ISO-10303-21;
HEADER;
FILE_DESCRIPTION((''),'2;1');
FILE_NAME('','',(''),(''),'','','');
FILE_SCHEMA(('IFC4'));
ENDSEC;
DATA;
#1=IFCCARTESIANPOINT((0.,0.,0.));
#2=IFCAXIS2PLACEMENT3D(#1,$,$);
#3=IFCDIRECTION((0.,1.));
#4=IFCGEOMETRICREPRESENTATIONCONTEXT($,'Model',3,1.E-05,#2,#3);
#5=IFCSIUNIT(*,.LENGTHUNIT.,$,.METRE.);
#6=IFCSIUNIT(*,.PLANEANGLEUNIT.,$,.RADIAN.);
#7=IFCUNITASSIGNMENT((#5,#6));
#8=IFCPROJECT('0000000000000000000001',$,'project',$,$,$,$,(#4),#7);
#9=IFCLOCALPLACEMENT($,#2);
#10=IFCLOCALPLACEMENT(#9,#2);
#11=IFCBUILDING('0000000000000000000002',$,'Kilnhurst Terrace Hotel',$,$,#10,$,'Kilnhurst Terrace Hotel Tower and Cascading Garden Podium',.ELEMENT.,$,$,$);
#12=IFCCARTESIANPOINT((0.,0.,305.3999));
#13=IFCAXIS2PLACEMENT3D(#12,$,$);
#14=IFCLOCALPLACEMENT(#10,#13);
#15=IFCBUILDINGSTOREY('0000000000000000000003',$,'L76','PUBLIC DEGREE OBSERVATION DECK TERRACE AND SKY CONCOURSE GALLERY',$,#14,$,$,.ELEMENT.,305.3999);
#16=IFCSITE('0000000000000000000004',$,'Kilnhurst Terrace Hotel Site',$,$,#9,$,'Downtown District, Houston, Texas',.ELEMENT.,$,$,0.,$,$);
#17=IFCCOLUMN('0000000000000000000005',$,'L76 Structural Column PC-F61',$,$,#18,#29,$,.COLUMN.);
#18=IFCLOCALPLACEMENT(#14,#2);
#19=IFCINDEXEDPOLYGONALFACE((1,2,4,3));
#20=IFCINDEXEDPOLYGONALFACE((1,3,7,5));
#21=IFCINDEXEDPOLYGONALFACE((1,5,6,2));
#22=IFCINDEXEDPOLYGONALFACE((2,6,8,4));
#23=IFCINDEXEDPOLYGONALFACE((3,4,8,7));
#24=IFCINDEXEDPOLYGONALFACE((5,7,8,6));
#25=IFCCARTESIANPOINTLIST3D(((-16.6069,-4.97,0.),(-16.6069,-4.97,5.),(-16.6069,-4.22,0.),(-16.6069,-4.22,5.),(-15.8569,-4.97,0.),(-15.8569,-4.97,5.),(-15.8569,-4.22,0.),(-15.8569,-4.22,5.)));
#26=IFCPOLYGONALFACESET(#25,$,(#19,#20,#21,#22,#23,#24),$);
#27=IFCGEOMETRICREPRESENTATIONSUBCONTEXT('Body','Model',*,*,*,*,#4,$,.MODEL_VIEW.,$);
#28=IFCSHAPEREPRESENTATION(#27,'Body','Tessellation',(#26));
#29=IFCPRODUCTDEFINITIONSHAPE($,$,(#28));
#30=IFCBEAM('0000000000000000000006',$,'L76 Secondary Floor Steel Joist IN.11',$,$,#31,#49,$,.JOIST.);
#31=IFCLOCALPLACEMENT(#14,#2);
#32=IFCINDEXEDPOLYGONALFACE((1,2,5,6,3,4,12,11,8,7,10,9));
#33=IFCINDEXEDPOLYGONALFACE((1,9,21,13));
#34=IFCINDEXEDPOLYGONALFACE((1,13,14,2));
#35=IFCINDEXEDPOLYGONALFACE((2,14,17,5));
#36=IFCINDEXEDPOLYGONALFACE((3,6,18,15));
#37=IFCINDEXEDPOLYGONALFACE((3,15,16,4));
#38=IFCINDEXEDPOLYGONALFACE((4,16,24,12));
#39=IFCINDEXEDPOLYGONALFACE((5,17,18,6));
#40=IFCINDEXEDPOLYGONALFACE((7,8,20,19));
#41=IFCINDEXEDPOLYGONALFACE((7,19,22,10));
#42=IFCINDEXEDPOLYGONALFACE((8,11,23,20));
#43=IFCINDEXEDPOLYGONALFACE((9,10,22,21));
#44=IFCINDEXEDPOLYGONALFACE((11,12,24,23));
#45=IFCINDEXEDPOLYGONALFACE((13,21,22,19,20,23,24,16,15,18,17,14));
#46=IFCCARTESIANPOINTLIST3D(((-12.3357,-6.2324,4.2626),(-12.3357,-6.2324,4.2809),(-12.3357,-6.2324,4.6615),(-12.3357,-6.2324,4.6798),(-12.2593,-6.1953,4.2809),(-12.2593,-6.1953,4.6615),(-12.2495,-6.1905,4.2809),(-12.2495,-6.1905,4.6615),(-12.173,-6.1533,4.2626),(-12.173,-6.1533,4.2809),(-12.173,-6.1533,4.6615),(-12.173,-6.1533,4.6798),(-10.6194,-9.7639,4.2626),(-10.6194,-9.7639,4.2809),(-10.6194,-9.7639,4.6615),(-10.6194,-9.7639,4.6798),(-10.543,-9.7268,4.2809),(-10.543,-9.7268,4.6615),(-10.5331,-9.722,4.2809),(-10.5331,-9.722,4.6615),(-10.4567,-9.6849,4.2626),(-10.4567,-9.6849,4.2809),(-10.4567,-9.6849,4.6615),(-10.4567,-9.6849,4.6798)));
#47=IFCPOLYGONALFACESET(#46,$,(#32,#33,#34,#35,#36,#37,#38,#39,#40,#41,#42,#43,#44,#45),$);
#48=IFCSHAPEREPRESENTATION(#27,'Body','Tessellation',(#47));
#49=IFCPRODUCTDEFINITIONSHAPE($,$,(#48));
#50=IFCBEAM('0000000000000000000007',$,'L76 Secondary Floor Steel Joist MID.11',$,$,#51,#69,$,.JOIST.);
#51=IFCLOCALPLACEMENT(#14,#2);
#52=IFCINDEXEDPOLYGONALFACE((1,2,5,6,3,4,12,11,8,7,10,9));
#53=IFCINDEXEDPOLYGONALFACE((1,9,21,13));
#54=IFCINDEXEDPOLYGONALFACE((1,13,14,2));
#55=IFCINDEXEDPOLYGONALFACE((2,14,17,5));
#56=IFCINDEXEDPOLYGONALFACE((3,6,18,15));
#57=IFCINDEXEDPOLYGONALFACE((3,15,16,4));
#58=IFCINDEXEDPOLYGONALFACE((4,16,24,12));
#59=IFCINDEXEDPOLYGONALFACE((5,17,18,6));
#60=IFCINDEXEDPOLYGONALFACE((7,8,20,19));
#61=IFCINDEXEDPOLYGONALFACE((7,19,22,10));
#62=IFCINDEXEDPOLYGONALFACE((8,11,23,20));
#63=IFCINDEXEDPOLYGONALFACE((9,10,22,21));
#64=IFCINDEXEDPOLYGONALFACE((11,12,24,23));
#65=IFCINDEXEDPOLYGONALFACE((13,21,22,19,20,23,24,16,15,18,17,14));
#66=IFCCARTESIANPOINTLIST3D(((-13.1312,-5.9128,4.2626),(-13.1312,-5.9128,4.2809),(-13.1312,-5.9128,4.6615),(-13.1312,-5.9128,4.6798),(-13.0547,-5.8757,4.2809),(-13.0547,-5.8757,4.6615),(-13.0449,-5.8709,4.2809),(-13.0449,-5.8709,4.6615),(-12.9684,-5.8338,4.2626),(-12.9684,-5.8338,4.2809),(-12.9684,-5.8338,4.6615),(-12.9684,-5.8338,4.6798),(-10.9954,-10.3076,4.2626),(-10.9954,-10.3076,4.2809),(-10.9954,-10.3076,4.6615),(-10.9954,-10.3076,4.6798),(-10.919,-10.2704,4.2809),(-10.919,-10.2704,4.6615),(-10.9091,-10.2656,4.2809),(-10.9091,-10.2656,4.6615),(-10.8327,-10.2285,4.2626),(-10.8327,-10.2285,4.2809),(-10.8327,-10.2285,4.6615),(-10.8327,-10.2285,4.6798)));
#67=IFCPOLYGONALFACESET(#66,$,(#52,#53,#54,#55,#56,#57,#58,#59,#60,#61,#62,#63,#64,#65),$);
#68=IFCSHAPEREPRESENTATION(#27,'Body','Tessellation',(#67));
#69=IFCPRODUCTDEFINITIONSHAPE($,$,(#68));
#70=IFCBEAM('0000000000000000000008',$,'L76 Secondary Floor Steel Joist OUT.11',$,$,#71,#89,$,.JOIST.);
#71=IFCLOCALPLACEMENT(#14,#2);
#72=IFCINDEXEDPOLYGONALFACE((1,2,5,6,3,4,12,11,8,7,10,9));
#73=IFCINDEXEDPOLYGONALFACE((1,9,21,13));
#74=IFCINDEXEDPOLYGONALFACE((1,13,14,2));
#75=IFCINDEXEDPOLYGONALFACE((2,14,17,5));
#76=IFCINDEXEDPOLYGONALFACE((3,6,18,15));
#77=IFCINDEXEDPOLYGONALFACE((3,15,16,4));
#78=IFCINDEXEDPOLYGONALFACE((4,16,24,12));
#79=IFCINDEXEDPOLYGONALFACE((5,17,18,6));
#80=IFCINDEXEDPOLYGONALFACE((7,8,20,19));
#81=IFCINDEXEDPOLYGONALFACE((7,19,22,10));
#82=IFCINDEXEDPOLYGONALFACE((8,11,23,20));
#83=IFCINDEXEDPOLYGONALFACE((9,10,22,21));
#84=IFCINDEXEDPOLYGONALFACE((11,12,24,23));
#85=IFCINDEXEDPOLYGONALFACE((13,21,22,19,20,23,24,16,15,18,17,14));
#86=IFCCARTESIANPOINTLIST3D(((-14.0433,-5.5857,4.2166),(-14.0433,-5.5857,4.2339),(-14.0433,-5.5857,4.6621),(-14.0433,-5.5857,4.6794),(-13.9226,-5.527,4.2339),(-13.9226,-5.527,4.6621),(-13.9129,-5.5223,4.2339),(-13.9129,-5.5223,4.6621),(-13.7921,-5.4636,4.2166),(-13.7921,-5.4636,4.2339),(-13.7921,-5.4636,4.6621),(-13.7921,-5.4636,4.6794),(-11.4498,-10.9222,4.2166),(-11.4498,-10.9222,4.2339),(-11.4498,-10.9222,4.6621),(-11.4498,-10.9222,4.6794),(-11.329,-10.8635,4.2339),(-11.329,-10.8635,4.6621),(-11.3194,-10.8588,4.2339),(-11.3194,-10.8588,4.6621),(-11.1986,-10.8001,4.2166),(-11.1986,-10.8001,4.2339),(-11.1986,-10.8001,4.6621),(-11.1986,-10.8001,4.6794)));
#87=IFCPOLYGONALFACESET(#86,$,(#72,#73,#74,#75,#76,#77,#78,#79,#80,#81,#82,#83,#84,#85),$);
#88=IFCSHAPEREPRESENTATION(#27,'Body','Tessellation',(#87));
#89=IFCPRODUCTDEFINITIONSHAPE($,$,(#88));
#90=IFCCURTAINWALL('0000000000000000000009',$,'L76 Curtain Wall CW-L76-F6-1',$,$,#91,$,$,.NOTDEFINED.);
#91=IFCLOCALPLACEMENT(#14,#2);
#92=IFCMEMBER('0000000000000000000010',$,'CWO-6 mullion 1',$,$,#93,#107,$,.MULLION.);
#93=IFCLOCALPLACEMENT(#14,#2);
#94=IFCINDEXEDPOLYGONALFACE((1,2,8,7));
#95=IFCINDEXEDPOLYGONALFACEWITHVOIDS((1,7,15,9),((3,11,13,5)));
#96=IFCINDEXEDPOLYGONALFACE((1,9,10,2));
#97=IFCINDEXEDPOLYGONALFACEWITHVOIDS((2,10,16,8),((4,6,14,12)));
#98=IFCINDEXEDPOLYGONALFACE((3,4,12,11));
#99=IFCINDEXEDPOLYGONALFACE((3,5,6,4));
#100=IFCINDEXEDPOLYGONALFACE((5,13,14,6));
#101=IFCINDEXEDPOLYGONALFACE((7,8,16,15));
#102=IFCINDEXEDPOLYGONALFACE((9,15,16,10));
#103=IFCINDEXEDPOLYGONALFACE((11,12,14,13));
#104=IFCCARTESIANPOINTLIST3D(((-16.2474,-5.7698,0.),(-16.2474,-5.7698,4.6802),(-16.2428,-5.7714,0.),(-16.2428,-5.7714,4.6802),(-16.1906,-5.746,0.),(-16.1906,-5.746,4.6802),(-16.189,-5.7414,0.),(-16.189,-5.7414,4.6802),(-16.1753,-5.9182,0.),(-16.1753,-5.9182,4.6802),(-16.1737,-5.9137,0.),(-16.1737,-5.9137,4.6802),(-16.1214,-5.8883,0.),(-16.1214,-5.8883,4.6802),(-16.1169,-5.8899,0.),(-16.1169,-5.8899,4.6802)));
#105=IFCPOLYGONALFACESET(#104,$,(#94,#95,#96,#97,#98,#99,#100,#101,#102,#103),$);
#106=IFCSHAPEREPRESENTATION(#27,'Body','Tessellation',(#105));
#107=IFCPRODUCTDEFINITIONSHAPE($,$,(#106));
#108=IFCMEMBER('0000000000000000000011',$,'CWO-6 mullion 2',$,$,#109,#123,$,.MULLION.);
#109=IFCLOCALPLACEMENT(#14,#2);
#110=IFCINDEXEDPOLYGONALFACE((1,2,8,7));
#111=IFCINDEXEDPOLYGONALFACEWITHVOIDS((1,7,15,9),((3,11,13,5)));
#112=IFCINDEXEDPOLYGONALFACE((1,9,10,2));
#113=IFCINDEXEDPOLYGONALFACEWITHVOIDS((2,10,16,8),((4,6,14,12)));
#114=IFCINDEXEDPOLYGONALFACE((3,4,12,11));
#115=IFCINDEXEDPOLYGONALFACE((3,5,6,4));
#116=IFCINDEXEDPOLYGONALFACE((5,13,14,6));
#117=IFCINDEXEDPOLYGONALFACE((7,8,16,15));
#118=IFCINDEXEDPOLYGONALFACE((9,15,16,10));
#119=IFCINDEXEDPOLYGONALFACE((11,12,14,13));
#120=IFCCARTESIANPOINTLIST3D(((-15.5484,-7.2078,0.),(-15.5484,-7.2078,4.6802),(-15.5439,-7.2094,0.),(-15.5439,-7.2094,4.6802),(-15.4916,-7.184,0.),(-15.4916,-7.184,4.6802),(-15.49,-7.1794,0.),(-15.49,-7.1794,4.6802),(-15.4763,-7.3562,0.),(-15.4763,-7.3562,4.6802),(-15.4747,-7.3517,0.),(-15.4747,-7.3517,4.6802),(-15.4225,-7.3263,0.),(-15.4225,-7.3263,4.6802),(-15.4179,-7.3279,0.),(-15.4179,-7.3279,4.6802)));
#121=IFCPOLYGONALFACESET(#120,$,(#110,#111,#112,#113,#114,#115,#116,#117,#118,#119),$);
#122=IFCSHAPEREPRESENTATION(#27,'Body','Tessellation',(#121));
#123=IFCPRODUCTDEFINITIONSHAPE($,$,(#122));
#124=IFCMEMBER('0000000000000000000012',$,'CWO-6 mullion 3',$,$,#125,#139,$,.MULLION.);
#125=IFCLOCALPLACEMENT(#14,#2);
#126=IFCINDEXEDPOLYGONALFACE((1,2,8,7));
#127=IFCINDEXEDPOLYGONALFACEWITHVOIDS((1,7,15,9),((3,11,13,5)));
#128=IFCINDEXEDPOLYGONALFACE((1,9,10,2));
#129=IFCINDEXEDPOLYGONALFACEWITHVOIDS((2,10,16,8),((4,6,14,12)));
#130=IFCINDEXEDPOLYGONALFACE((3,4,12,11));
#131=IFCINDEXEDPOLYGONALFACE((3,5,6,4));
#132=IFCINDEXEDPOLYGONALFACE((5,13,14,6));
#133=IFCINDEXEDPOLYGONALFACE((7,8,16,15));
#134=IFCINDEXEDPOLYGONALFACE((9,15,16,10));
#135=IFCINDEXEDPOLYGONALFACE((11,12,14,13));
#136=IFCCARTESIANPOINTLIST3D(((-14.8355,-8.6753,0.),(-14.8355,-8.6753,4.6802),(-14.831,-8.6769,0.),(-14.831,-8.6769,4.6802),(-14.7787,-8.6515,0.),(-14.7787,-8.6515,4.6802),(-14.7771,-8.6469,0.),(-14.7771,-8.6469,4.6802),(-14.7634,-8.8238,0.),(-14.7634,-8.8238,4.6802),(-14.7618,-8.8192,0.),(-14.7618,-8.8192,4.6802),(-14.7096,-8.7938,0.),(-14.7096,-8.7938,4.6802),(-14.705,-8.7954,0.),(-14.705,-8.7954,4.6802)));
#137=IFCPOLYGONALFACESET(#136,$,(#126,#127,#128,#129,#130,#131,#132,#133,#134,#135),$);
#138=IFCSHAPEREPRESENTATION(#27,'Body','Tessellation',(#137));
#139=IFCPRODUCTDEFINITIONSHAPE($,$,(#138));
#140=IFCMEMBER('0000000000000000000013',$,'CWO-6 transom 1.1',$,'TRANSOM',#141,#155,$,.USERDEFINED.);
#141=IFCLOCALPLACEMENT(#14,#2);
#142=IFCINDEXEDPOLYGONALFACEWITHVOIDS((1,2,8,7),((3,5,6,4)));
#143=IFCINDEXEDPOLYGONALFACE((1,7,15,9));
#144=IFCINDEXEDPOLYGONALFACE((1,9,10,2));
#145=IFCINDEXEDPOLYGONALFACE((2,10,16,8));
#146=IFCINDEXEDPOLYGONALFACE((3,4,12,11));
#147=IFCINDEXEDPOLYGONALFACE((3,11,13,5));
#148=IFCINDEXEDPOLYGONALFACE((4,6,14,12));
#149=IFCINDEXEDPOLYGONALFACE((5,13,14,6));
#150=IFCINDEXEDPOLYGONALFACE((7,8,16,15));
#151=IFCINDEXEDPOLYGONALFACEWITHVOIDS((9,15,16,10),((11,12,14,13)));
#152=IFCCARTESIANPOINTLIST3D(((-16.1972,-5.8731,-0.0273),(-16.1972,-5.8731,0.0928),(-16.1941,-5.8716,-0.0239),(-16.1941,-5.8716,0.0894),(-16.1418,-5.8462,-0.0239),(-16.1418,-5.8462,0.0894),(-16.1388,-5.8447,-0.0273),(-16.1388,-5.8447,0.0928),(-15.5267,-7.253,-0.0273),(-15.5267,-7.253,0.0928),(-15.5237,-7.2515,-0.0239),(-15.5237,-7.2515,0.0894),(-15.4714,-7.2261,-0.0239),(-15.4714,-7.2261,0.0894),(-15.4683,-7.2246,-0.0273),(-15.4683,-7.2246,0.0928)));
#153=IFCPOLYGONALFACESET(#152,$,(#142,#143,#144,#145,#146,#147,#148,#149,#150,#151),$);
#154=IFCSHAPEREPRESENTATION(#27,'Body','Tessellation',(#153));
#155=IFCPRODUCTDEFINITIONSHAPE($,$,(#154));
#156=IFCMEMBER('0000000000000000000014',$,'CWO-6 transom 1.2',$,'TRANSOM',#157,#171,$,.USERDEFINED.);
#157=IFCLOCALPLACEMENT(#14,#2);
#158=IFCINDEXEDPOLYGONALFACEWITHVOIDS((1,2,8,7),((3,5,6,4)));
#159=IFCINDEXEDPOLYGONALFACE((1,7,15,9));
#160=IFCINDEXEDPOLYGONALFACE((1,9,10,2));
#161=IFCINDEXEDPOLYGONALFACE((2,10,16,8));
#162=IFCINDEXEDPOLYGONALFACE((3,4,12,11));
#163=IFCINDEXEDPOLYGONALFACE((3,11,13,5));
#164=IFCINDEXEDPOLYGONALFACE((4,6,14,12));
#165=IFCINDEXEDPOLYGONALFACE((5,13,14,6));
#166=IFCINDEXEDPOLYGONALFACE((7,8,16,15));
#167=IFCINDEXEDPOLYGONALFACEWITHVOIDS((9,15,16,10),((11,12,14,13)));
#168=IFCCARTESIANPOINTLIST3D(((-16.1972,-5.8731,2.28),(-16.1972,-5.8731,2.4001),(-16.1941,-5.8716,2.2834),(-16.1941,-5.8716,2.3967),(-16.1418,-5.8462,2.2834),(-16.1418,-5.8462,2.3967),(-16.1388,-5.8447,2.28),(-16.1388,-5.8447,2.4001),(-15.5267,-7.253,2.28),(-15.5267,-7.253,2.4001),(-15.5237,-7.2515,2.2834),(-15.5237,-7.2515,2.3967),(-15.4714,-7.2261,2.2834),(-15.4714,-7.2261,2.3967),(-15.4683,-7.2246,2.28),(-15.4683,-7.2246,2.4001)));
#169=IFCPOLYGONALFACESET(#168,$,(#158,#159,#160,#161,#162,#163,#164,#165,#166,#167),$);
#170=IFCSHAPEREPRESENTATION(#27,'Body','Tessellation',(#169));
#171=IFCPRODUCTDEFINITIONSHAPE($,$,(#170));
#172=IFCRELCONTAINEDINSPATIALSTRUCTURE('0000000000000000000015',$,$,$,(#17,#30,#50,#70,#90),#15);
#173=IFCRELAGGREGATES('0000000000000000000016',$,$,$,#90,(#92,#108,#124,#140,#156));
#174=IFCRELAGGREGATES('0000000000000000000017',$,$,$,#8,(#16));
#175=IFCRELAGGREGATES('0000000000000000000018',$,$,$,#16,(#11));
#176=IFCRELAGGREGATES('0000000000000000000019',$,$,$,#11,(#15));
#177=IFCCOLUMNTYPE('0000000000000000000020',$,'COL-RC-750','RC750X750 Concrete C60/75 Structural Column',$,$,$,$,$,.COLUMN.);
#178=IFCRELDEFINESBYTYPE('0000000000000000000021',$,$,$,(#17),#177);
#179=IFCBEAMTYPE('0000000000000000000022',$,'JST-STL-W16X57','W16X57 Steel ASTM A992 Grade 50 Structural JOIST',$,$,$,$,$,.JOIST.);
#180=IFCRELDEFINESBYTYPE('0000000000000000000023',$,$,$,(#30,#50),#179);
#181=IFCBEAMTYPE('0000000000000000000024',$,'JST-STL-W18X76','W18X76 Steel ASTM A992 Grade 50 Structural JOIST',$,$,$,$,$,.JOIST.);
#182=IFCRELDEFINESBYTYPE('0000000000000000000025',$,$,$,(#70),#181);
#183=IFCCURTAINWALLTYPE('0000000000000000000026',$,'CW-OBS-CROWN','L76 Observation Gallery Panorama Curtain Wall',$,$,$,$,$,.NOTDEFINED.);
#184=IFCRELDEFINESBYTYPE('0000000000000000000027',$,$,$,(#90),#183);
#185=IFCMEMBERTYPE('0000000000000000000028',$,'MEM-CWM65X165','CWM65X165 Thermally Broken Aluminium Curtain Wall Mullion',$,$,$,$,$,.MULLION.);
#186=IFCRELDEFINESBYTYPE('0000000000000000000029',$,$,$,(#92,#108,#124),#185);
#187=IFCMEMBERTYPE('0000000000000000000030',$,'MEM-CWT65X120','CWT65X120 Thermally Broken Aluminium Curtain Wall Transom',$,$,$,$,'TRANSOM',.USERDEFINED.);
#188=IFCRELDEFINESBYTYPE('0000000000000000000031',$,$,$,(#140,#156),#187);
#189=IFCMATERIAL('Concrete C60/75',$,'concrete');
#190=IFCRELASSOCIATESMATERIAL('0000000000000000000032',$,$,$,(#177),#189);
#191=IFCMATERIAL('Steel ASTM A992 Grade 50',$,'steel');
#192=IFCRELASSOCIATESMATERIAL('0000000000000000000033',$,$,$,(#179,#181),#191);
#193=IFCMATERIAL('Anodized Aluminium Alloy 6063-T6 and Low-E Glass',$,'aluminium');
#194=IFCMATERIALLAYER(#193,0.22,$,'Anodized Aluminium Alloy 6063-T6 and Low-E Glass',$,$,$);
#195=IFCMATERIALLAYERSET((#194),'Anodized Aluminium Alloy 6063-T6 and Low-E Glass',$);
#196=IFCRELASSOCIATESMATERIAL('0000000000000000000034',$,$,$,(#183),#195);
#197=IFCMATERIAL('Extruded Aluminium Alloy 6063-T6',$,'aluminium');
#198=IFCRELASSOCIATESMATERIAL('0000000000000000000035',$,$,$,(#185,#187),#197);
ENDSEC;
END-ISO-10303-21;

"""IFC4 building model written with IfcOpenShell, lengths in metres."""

from ifc_helpers import new_model, si_unit, direction, frame, origin, origin_2d, place, context, subcontext, project, spatial, rectangle, hollow_rectangle, i_section, extrude, material, layer, layer_set, material_profile, profile_set, type_object, element, aggregate, save


model = new_model("IFC4")

# Units and contexts
model_context = context("Model", 3, precision=1e-05, world=origin(), true_north=direction((0.0, 1.0)))
body_context = subcontext(model_context, "Body", "Model", "MODEL_VIEW")
ifc_project = project(units=[si_unit("LENGTHUNIT", "METRE"), si_unit("PLANEANGLEUNIT", "RADIAN")], contexts=[model_context])

# Site, building, storey
site_placement = place(None, origin())
site = spatial("IfcSite", under=ifc_project, at=site_placement, Name="Kilnhurst Terrace Hotel Site", LongName="Downtown District, Houston, Texas", CompositionType="ELEMENT", RefElevation=0.0)
building_placement = place(site_placement, origin())
building = spatial("IfcBuilding", under=site, at=building_placement, Name="Kilnhurst Terrace Hotel", LongName="Kilnhurst Terrace Hotel Tower and Cascading Garden Podium", CompositionType="ELEMENT")
storey_placement = place(building_placement, frame((0.0, 0.0, 305.3999)))
storey = spatial("IfcBuildingStorey", under=building, at=storey_placement, Name="L76", Description="PUBLIC DEGREE OBSERVATION DECK TERRACE AND SKY CONCOURSE GALLERY", CompositionType="ELEMENT", Elevation=305.3999)

# Column
ifc_material_1 = material(Name="Concrete C60/75", Category="concrete")
ifc_material_profile_1 = material_profile(ifc_material_1, rectangle(XDim=0.75, YDim=0.75, at=origin_2d()), Name="RC750X750")
ifc_profile_set_1 = profile_set([ifc_material_profile_1], Name="Concrete C60/75")
column_type = type_object("IfcColumnType", Name="COL-RC-750", Description="RC750X750 Concrete C60/75 Structural Column", PredefinedType="COLUMN", material=ifc_profile_set_1)
column_placement = place(storey_placement, frame((-16.2319, -4.595, 0.0), z_axis=(0.0, 0.0, 1.0), x_axis=(1.0, 0.0, 0.0)))
element("IfcColumn", 1, at=column_placement, inside=storey, type_object=column_type, Name="L76 Structural Column PC-F61", PredefinedType="COLUMN", context=body_context, shape_type="SweptSolid", body=[
    extrude(rectangle(XDim=0.75, YDim=0.75, at=origin_2d()), origin(), (0.0, 0.0, 1.0), 5.0),
])

# Beams
ifc_material_2 = material(Name="Steel ASTM A992 Grade 50", Category="steel")
ifc_material_profile_2 = material_profile(ifc_material_2, i_section(OverallWidth=0.1809, OverallDepth=0.4172, WebThickness=0.011, FlangeThickness=0.0183, at=origin_2d()), Name="W16X57")
ifc_profile_set_2 = profile_set([ifc_material_profile_2], Name="Steel ASTM A992 Grade 50")
beam_type_1 = type_object("IfcBeamType", Name="JST-STL-W16X57", Description="W16X57 Steel ASTM A992 Grade 50 Structural JOIST", PredefinedType="JOIST", material=ifc_profile_set_2)
beam_1_placement = place(storey_placement, frame((-12.2544, -6.1929, 4.4712), z_axis=(0.437112, -0.899407, 0.0), x_axis=(0.899407, 0.437112, 0.0)))
element("IfcBeam", 2, at=beam_1_placement, inside=storey, type_object=beam_type_1, Name="L76 Secondary Floor Steel Joist IN.11", PredefinedType="JOIST", context=body_context, shape_type="SweptSolid", body=[
    extrude(i_section(OverallWidth=0.1809, OverallDepth=0.4172, WebThickness=0.011, FlangeThickness=0.0183, at=origin_2d()), origin(), (0.0, 0.0, 1.0), 3.9265),
])
beam_2_placement = place(storey_placement, frame((-13.0498, -5.8733, 4.4712), z_axis=(0.437092, -0.899417, 0.0), x_axis=(0.899417, 0.437092, 0.0)))
element("IfcBeam", 3, at=beam_2_placement, inside=storey, type_object=beam_type_1, Name="L76 Secondary Floor Steel Joist MID.11", PredefinedType="JOIST", context=body_context, shape_type="SweptSolid", body=[
    extrude(i_section(OverallWidth=0.1809, OverallDepth=0.4172, WebThickness=0.011, FlangeThickness=0.0183, at=origin_2d()), origin(), (0.0, 0.0, 1.0), 4.8862),
])
ifc_material_profile_3 = material_profile(ifc_material_2, i_section(OverallWidth=0.2793, OverallDepth=0.4629, WebThickness=0.0107, FlangeThickness=0.0173, at=origin_2d()), Name="W18X76")
ifc_profile_set_3 = profile_set([ifc_material_profile_3], Name="Steel ASTM A992 Grade 50")
beam_type_2 = type_object("IfcBeamType", Name="JST-STL-W18X76", Description="W18X76 Steel ASTM A992 Grade 50 Structural JOIST", PredefinedType="JOIST", material=ifc_profile_set_3)
beam_3_placement = place(storey_placement, frame((-13.9177, -5.5247, 4.448), z_axis=(0.437112, -0.899407, 0.0), x_axis=(0.899407, 0.437112, 0.0)))
element("IfcBeam", 4, at=beam_3_placement, inside=storey, type_object=beam_type_2, Name="L76 Secondary Floor Steel Joist OUT.11", PredefinedType="JOIST", context=body_context, shape_type="SweptSolid", body=[
    extrude(i_section(OverallWidth=0.2793, OverallDepth=0.4629, WebThickness=0.0107, FlangeThickness=0.0173, at=origin_2d()), origin(), (0.0, 0.0, 1.0), 5.9333),
])

# Curtain wall, members
ifc_material_3 = material(Name="Anodized Aluminium Alloy 6063-T6 and Low-E Glass", Category="aluminium")
ifc_layer_1 = layer(ifc_material_3, 0.22, Name="Anodized Aluminium Alloy 6063-T6 and Low-E Glass")
ifc_layer_set_1 = layer_set([ifc_layer_1], Name="Anodized Aluminium Alloy 6063-T6 and Low-E Glass")
curtain_wall_type = type_object("IfcCurtainWallType", Name="CW-OBS-CROWN", Description="L76 Observation Gallery Panorama Curtain Wall", PredefinedType="NOTDEFINED", material=ifc_layer_set_1)
curtain_wall_placement = place(storey_placement, origin())
curtain_wall = element("IfcCurtainWall", 5, at=curtain_wall_placement, inside=storey, type_object=curtain_wall_type, Name="L76 Curtain Wall CW-L76-F6-1", PredefinedType="NOTDEFINED")
ifc_material_4 = material(Name="Extruded Aluminium Alloy 6063-T6", Category="aluminium")
ifc_material_profile_4 = material_profile(ifc_material_4, hollow_rectangle(XDim=0.0649, YDim=0.165, WallThickness=0.0034, at=origin_2d()), Name="CWM65X165")
ifc_profile_set_4 = profile_set([ifc_material_profile_4], Name="Extruded Aluminium Alloy 6063-T6")
member_type_1 = type_object("IfcMemberType", Name="MEM-CWM65X165", Description="CWM65X165 Thermally Broken Aluminium Curtain Wall Mullion", PredefinedType="MULLION", material=ifc_profile_set_4)
member_1_placement = place(storey_placement, frame((-16.1821, -5.8298, 0.0), z_axis=(0.0, 0.0, 1.0), x_axis=(0.899436, 0.437053, 0.0)))
member_1 = element("IfcMember", 6, at=member_1_placement, type_object=member_type_1, Name="CWO-6 mullion 1", PredefinedType="MULLION", context=body_context, shape_type="SweptSolid", body=[
    extrude(hollow_rectangle(XDim=0.0649, YDim=0.165, WallThickness=0.0034, at=origin_2d()), origin(), (0.0, 0.0, 1.0), 4.6802),
])
member_2_placement = place(storey_placement, frame((-15.4832, -7.2678, 0.0), z_axis=(0.0, 0.0, 1.0), x_axis=(0.899436, 0.437053, 0.0)))
member_2 = element("IfcMember", 7, at=member_2_placement, type_object=member_type_1, Name="CWO-6 mullion 2", PredefinedType="MULLION", context=body_context, shape_type="SweptSolid", body=[
    extrude(hollow_rectangle(XDim=0.0649, YDim=0.165, WallThickness=0.0034, at=origin_2d()), origin(), (0.0, 0.0, 1.0), 4.6802),
])
member_3_placement = place(storey_placement, frame((-14.7703, -8.7354, 0.0), z_axis=(0.0, 0.0, 1.0), x_axis=(0.899436, 0.437053, 0.0)))
member_3 = element("IfcMember", 8, at=member_3_placement, type_object=member_type_1, Name="CWO-6 mullion 3", PredefinedType="MULLION", context=body_context, shape_type="SweptSolid", body=[
    extrude(hollow_rectangle(XDim=0.0649, YDim=0.165, WallThickness=0.0034, at=origin_2d()), origin(), (0.0, 0.0, 1.0), 4.6802),
])
ifc_material_profile_5 = material_profile(ifc_material_4, hollow_rectangle(XDim=0.0649, YDim=0.1201, WallThickness=0.0034, at=origin_2d()), Name="CWT65X120")
ifc_profile_set_5 = profile_set([ifc_material_profile_5], Name="Extruded Aluminium Alloy 6063-T6")
member_type_2 = type_object("IfcMemberType", Name="MEM-CWT65X120", Description="CWT65X120 Thermally Broken Aluminium Curtain Wall Transom", ElementType="TRANSOM", PredefinedType="USERDEFINED", material=ifc_profile_set_5)
member_4_placement = place(storey_placement, frame((-16.168, -5.8589, 0.0327), z_axis=(0.437, -0.899462, 0.0), x_axis=(0.899462, 0.437, 0.0)))
member_4 = element("IfcMember", 9, at=member_4_placement, type_object=member_type_2, Name="CWO-6 transom 1.1", ObjectType="TRANSOM", PredefinedType="USERDEFINED", context=body_context, shape_type="SweptSolid", body=[
    extrude(hollow_rectangle(XDim=0.0649, YDim=0.1201, WallThickness=0.0034, at=origin_2d()), origin(), (0.0, 0.0, 1.0), 1.5342),
])
member_5_placement = place(storey_placement, frame((-16.168, -5.8589, 2.3401), z_axis=(0.437, -0.899462, 0.0), x_axis=(0.899462, 0.437, 0.0)))
member_5 = element("IfcMember", 10, at=member_5_placement, type_object=member_type_2, Name="CWO-6 transom 1.2", ObjectType="TRANSOM", PredefinedType="USERDEFINED", context=body_context, shape_type="SweptSolid", body=[
    extrude(hollow_rectangle(XDim=0.0649, YDim=0.1201, WallThickness=0.0034, at=origin_2d()), origin(), (0.0, 0.0, 1.0), 1.5342),
])

aggregate(curtain_wall, [member_1, member_2, member_3, member_4, member_5])

save(model, "model.ifc")
